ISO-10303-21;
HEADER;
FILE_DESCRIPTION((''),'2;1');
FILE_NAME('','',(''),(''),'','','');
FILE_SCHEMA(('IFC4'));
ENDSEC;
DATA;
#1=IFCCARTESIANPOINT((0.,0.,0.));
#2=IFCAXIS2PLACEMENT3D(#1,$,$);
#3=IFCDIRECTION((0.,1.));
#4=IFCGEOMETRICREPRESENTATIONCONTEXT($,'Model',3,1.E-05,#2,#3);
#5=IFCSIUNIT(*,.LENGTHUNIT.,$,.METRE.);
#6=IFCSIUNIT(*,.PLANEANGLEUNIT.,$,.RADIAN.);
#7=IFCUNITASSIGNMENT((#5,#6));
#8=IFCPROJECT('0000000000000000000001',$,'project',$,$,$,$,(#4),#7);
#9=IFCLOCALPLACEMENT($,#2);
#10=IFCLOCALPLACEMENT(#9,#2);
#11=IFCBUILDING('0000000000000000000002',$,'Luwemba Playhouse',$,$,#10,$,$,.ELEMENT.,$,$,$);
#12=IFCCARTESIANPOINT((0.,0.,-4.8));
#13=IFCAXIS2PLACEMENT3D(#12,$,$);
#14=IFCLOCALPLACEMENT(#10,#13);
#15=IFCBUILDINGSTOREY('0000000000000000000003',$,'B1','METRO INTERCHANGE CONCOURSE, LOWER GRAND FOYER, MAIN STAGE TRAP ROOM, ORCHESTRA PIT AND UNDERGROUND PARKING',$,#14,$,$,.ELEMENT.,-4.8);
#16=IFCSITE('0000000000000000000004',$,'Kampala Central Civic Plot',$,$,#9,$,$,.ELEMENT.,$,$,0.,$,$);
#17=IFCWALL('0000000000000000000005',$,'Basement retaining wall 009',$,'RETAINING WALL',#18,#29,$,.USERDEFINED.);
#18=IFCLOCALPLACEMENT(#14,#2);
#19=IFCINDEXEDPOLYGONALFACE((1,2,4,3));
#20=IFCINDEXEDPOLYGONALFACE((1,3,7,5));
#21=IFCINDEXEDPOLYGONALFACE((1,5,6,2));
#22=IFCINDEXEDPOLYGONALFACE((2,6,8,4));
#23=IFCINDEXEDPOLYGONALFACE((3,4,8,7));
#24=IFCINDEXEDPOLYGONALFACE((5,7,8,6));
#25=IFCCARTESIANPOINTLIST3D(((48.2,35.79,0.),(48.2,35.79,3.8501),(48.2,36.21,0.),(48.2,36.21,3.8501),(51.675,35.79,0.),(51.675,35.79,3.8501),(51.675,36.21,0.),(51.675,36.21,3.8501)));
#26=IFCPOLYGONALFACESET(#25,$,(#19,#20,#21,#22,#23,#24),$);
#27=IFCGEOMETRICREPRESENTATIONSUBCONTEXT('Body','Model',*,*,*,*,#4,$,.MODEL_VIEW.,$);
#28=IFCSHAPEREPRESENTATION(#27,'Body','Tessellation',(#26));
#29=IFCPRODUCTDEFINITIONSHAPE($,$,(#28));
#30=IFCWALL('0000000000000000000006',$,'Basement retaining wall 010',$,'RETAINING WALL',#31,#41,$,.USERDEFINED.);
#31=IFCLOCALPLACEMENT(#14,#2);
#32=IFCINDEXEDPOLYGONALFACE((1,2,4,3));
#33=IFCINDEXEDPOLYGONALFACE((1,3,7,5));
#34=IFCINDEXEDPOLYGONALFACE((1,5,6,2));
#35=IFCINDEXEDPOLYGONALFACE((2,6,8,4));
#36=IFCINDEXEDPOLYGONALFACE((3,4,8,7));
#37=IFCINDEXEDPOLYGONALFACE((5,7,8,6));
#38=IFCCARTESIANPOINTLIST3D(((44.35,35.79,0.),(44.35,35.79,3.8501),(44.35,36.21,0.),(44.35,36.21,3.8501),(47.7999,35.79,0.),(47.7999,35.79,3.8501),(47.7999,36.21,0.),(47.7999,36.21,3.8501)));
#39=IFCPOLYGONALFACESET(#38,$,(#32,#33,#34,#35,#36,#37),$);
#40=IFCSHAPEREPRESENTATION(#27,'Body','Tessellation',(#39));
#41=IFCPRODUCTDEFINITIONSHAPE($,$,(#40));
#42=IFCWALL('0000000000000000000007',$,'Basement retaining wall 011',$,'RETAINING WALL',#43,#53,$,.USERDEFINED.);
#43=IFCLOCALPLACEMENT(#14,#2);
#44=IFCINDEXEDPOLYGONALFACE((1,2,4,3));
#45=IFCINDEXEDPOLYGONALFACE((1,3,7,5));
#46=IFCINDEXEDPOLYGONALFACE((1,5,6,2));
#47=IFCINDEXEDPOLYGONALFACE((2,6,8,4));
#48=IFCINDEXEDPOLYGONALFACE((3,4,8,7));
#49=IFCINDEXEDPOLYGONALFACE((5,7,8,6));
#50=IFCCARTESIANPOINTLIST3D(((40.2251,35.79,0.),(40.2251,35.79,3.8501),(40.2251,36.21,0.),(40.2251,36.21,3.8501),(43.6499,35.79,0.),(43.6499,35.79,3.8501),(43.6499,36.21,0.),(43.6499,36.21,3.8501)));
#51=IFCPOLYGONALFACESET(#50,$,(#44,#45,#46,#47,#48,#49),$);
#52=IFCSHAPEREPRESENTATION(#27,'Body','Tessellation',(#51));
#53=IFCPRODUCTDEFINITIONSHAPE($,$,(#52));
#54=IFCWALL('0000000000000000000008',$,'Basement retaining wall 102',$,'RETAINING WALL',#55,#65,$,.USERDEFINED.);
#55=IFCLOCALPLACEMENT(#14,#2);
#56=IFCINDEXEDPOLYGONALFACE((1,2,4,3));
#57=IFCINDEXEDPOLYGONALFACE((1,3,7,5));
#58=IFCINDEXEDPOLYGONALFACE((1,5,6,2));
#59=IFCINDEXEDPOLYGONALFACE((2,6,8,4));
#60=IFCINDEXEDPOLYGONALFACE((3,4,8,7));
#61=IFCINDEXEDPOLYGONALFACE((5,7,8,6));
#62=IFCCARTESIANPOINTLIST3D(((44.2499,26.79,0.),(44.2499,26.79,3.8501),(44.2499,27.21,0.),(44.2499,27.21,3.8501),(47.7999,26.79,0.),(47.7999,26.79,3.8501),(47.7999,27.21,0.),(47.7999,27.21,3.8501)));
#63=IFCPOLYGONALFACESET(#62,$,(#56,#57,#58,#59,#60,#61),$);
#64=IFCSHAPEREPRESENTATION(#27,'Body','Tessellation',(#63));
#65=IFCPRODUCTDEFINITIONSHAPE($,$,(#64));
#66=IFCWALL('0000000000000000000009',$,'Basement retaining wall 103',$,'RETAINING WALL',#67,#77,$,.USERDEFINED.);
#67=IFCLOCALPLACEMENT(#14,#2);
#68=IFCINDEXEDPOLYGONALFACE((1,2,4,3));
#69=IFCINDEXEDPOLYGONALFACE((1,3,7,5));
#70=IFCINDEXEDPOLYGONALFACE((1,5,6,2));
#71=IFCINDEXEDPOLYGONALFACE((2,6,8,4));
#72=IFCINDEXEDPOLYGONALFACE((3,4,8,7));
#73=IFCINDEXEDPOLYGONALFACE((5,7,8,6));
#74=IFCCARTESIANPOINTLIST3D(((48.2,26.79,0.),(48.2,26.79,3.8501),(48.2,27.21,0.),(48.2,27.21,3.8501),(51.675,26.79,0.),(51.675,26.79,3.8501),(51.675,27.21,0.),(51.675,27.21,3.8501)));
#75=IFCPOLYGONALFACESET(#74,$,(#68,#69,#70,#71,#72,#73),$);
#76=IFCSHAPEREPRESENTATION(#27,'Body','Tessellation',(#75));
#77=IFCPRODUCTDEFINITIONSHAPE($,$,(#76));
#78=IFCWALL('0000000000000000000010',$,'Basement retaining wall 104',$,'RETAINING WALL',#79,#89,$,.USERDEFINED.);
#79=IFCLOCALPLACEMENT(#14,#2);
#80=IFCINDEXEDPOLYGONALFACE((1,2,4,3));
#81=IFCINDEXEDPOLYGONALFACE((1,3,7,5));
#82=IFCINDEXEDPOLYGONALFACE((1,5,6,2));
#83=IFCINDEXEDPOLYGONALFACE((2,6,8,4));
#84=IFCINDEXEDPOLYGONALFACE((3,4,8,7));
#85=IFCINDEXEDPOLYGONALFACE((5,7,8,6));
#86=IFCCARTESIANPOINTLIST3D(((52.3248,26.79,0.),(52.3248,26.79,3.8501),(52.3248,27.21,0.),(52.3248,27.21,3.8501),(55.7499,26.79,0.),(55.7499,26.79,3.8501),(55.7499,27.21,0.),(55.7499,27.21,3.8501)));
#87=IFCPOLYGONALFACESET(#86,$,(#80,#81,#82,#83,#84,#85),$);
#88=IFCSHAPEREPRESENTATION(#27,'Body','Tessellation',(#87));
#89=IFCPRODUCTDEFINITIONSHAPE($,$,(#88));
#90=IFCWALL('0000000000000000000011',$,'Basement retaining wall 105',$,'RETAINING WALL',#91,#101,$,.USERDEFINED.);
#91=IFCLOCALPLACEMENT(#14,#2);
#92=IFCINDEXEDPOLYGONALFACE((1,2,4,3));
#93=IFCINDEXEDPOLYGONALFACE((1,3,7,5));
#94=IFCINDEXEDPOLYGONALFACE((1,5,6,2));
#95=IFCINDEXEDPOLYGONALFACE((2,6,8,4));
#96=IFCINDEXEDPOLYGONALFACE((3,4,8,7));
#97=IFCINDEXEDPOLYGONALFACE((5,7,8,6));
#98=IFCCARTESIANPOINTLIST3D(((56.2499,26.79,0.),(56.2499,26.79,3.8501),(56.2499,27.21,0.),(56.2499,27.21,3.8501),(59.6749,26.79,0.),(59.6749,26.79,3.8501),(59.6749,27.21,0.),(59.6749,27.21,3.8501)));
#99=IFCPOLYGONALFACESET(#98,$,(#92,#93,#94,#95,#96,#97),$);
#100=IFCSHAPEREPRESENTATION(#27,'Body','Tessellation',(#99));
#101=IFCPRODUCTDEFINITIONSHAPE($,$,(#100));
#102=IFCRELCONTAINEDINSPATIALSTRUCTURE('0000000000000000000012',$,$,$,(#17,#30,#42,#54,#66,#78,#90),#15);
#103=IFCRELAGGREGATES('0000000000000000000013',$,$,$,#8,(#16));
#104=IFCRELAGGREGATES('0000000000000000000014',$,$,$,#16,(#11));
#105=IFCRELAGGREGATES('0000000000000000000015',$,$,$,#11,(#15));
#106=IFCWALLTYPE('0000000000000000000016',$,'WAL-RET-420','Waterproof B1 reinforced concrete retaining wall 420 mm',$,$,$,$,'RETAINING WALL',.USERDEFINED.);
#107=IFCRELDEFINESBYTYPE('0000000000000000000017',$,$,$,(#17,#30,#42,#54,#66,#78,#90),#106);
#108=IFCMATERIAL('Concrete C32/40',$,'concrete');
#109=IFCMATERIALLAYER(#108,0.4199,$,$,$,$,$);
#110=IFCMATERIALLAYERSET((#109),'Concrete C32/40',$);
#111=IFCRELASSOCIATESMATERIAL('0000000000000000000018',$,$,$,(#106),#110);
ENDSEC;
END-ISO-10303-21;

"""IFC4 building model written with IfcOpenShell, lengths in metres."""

from ifc_helpers import new_model, si_unit, direction, frame, frame_2d, origin, place, context, subcontext, project, spatial, rectangle, extrude, material, layer, layer_set, type_object, element, save


model = new_model("IFC4")

# Units and contexts
model_context = context("Model", 3, precision=1e-05, world=origin(), true_north=direction((0.0, 1.0)))
body_context = subcontext(model_context, "Body", "Model", "MODEL_VIEW")
ifc_project = project(units=[si_unit("LENGTHUNIT", "METRE"), si_unit("PLANEANGLEUNIT", "RADIAN")], contexts=[model_context])

# Site, building, storey
site_placement = place(None, origin())
site = spatial("IfcSite", under=ifc_project, at=site_placement, Name="Kampala Central Civic Plot", CompositionType="ELEMENT", RefElevation=0.0)
building_placement = place(site_placement, origin())
building = spatial("IfcBuilding", under=site, at=building_placement, Name="Luwemba Playhouse", CompositionType="ELEMENT")
storey_placement = place(building_placement, frame((0.0, 0.0, -4.8)))
storey = spatial("IfcBuildingStorey", under=building, at=storey_placement, Name="B1", Description="METRO INTERCHANGE CONCOURSE, LOWER GRAND FOYER, MAIN STAGE TRAP ROOM, ORCHESTRA PIT AND UNDERGROUND PARKING", CompositionType="ELEMENT", Elevation=-4.8)

# Shared definitions
ifc_material_1 = material(Name="Concrete C32/40", Category="concrete")

# Walls
ifc_layer = layer(ifc_material_1, 0.4199)
ifc_layer_set = layer_set([ifc_layer], Name="Concrete C32/40")
wall_type = type_object("IfcWallType", Name="WAL-RET-420", Description="Waterproof B1 reinforced concrete retaining wall 420 mm", ElementType="RETAINING WALL", PredefinedType="USERDEFINED", material=ifc_layer_set)
wall_1_placement = place(storey_placement, frame((51.675, 36.0, 0.0), z_axis=(0.0, 0.0, 1.0), x_axis=(-1.0, 0.0, 0.0)))
element("IfcWall", 1, at=wall_1_placement, inside=storey, type_object=wall_type, Name="Basement retaining wall 009", ObjectType="RETAINING WALL", PredefinedType="USERDEFINED", context=body_context, shape_type="SweptSolid", body=[
    extrude(rectangle(XDim=3.4751, YDim=0.4199, at=frame_2d((1.7375, 0.0))), origin(), (0.0, 0.0, 1.0), 3.8501),
])
wall_2_placement = place(storey_placement, frame((47.8, 36.0, 0.0), z_axis=(0.0, 0.0, 1.0), x_axis=(-1.0, 0.0, 0.0)))
element("IfcWall", 2, at=wall_2_placement, inside=storey, type_object=wall_type, Name="Basement retaining wall 010", ObjectType="RETAINING WALL", PredefinedType="USERDEFINED", context=body_context, shape_type="SweptSolid", body=[
    extrude(rectangle(XDim=3.45, YDim=0.4199, at=frame_2d((1.7251, 0.0))), origin(), (0.0, 0.0, 1.0), 3.8501),
])
wall_3_placement = place(storey_placement, frame((43.6499, 36.0, 0.0), z_axis=(0.0, 0.0, 1.0), x_axis=(-1.0, 0.0, 0.0)))
element("IfcWall", 3, at=wall_3_placement, inside=storey, type_object=wall_type, Name="Basement retaining wall 011", ObjectType="RETAINING WALL", PredefinedType="USERDEFINED", context=body_context, shape_type="SweptSolid", body=[
    extrude(rectangle(XDim=3.4248, YDim=0.4199, at=frame_2d((1.7124, 0.0))), origin(), (0.0, 0.0, 1.0), 3.8501),
])
wall_4_placement = place(storey_placement, frame((44.25, 27.0, 0.0), z_axis=(0.0, 0.0, 1.0), x_axis=(1.0, 0.0, 0.0)))
element("IfcWall", 4, at=wall_4_placement, inside=storey, type_object=wall_type, Name="Basement retaining wall 102", ObjectType="RETAINING WALL", PredefinedType="USERDEFINED", context=body_context, shape_type="SweptSolid", body=[
    extrude(rectangle(XDim=3.55, YDim=0.4199, at=frame_2d((1.7749, 0.0))), origin(), (0.0, 0.0, 1.0), 3.8501),
])
wall_5_placement = place(storey_placement, frame((48.2, 27.0, 0.0), z_axis=(0.0, 0.0, 1.0), x_axis=(1.0, 0.0, 0.0)))
element("IfcWall", 5, at=wall_5_placement, inside=storey, type_object=wall_type, Name="Basement retaining wall 103", ObjectType="RETAINING WALL", PredefinedType="USERDEFINED", context=body_context, shape_type="SweptSolid", body=[
    extrude(rectangle(XDim=3.4751, YDim=0.4199, at=frame_2d((1.7375, 0.0))), origin(), (0.0, 0.0, 1.0), 3.8501),
])
for number, where, z_axis, x_axis, name in (
    (6, (52.325, 27.0, 0.0), (0.0, 0.0, 1.0), (1.0, 0.0, 0.0), "Basement retaining wall 104"),
    (7, (56.25, 27.0, 0.0), (0.0, 0.0, 1.0), (1.0, 0.0, 0.0), "Basement retaining wall 105"),
):
    element("IfcWall", number, at=place(storey_placement, frame(where, z_axis=z_axis, x_axis=x_axis)), inside=storey, type_object=wall_type, Name=name, ObjectType="RETAINING WALL", PredefinedType="USERDEFINED", context=body_context, shape_type="SweptSolid", body=[
        extrude(rectangle(XDim=3.425, YDim=0.4199, at=frame_2d((1.7124, 0.0))), origin(), (0.0, 0.0, 1.0), 3.8501),
    ])

save(model, "model.ifc")
